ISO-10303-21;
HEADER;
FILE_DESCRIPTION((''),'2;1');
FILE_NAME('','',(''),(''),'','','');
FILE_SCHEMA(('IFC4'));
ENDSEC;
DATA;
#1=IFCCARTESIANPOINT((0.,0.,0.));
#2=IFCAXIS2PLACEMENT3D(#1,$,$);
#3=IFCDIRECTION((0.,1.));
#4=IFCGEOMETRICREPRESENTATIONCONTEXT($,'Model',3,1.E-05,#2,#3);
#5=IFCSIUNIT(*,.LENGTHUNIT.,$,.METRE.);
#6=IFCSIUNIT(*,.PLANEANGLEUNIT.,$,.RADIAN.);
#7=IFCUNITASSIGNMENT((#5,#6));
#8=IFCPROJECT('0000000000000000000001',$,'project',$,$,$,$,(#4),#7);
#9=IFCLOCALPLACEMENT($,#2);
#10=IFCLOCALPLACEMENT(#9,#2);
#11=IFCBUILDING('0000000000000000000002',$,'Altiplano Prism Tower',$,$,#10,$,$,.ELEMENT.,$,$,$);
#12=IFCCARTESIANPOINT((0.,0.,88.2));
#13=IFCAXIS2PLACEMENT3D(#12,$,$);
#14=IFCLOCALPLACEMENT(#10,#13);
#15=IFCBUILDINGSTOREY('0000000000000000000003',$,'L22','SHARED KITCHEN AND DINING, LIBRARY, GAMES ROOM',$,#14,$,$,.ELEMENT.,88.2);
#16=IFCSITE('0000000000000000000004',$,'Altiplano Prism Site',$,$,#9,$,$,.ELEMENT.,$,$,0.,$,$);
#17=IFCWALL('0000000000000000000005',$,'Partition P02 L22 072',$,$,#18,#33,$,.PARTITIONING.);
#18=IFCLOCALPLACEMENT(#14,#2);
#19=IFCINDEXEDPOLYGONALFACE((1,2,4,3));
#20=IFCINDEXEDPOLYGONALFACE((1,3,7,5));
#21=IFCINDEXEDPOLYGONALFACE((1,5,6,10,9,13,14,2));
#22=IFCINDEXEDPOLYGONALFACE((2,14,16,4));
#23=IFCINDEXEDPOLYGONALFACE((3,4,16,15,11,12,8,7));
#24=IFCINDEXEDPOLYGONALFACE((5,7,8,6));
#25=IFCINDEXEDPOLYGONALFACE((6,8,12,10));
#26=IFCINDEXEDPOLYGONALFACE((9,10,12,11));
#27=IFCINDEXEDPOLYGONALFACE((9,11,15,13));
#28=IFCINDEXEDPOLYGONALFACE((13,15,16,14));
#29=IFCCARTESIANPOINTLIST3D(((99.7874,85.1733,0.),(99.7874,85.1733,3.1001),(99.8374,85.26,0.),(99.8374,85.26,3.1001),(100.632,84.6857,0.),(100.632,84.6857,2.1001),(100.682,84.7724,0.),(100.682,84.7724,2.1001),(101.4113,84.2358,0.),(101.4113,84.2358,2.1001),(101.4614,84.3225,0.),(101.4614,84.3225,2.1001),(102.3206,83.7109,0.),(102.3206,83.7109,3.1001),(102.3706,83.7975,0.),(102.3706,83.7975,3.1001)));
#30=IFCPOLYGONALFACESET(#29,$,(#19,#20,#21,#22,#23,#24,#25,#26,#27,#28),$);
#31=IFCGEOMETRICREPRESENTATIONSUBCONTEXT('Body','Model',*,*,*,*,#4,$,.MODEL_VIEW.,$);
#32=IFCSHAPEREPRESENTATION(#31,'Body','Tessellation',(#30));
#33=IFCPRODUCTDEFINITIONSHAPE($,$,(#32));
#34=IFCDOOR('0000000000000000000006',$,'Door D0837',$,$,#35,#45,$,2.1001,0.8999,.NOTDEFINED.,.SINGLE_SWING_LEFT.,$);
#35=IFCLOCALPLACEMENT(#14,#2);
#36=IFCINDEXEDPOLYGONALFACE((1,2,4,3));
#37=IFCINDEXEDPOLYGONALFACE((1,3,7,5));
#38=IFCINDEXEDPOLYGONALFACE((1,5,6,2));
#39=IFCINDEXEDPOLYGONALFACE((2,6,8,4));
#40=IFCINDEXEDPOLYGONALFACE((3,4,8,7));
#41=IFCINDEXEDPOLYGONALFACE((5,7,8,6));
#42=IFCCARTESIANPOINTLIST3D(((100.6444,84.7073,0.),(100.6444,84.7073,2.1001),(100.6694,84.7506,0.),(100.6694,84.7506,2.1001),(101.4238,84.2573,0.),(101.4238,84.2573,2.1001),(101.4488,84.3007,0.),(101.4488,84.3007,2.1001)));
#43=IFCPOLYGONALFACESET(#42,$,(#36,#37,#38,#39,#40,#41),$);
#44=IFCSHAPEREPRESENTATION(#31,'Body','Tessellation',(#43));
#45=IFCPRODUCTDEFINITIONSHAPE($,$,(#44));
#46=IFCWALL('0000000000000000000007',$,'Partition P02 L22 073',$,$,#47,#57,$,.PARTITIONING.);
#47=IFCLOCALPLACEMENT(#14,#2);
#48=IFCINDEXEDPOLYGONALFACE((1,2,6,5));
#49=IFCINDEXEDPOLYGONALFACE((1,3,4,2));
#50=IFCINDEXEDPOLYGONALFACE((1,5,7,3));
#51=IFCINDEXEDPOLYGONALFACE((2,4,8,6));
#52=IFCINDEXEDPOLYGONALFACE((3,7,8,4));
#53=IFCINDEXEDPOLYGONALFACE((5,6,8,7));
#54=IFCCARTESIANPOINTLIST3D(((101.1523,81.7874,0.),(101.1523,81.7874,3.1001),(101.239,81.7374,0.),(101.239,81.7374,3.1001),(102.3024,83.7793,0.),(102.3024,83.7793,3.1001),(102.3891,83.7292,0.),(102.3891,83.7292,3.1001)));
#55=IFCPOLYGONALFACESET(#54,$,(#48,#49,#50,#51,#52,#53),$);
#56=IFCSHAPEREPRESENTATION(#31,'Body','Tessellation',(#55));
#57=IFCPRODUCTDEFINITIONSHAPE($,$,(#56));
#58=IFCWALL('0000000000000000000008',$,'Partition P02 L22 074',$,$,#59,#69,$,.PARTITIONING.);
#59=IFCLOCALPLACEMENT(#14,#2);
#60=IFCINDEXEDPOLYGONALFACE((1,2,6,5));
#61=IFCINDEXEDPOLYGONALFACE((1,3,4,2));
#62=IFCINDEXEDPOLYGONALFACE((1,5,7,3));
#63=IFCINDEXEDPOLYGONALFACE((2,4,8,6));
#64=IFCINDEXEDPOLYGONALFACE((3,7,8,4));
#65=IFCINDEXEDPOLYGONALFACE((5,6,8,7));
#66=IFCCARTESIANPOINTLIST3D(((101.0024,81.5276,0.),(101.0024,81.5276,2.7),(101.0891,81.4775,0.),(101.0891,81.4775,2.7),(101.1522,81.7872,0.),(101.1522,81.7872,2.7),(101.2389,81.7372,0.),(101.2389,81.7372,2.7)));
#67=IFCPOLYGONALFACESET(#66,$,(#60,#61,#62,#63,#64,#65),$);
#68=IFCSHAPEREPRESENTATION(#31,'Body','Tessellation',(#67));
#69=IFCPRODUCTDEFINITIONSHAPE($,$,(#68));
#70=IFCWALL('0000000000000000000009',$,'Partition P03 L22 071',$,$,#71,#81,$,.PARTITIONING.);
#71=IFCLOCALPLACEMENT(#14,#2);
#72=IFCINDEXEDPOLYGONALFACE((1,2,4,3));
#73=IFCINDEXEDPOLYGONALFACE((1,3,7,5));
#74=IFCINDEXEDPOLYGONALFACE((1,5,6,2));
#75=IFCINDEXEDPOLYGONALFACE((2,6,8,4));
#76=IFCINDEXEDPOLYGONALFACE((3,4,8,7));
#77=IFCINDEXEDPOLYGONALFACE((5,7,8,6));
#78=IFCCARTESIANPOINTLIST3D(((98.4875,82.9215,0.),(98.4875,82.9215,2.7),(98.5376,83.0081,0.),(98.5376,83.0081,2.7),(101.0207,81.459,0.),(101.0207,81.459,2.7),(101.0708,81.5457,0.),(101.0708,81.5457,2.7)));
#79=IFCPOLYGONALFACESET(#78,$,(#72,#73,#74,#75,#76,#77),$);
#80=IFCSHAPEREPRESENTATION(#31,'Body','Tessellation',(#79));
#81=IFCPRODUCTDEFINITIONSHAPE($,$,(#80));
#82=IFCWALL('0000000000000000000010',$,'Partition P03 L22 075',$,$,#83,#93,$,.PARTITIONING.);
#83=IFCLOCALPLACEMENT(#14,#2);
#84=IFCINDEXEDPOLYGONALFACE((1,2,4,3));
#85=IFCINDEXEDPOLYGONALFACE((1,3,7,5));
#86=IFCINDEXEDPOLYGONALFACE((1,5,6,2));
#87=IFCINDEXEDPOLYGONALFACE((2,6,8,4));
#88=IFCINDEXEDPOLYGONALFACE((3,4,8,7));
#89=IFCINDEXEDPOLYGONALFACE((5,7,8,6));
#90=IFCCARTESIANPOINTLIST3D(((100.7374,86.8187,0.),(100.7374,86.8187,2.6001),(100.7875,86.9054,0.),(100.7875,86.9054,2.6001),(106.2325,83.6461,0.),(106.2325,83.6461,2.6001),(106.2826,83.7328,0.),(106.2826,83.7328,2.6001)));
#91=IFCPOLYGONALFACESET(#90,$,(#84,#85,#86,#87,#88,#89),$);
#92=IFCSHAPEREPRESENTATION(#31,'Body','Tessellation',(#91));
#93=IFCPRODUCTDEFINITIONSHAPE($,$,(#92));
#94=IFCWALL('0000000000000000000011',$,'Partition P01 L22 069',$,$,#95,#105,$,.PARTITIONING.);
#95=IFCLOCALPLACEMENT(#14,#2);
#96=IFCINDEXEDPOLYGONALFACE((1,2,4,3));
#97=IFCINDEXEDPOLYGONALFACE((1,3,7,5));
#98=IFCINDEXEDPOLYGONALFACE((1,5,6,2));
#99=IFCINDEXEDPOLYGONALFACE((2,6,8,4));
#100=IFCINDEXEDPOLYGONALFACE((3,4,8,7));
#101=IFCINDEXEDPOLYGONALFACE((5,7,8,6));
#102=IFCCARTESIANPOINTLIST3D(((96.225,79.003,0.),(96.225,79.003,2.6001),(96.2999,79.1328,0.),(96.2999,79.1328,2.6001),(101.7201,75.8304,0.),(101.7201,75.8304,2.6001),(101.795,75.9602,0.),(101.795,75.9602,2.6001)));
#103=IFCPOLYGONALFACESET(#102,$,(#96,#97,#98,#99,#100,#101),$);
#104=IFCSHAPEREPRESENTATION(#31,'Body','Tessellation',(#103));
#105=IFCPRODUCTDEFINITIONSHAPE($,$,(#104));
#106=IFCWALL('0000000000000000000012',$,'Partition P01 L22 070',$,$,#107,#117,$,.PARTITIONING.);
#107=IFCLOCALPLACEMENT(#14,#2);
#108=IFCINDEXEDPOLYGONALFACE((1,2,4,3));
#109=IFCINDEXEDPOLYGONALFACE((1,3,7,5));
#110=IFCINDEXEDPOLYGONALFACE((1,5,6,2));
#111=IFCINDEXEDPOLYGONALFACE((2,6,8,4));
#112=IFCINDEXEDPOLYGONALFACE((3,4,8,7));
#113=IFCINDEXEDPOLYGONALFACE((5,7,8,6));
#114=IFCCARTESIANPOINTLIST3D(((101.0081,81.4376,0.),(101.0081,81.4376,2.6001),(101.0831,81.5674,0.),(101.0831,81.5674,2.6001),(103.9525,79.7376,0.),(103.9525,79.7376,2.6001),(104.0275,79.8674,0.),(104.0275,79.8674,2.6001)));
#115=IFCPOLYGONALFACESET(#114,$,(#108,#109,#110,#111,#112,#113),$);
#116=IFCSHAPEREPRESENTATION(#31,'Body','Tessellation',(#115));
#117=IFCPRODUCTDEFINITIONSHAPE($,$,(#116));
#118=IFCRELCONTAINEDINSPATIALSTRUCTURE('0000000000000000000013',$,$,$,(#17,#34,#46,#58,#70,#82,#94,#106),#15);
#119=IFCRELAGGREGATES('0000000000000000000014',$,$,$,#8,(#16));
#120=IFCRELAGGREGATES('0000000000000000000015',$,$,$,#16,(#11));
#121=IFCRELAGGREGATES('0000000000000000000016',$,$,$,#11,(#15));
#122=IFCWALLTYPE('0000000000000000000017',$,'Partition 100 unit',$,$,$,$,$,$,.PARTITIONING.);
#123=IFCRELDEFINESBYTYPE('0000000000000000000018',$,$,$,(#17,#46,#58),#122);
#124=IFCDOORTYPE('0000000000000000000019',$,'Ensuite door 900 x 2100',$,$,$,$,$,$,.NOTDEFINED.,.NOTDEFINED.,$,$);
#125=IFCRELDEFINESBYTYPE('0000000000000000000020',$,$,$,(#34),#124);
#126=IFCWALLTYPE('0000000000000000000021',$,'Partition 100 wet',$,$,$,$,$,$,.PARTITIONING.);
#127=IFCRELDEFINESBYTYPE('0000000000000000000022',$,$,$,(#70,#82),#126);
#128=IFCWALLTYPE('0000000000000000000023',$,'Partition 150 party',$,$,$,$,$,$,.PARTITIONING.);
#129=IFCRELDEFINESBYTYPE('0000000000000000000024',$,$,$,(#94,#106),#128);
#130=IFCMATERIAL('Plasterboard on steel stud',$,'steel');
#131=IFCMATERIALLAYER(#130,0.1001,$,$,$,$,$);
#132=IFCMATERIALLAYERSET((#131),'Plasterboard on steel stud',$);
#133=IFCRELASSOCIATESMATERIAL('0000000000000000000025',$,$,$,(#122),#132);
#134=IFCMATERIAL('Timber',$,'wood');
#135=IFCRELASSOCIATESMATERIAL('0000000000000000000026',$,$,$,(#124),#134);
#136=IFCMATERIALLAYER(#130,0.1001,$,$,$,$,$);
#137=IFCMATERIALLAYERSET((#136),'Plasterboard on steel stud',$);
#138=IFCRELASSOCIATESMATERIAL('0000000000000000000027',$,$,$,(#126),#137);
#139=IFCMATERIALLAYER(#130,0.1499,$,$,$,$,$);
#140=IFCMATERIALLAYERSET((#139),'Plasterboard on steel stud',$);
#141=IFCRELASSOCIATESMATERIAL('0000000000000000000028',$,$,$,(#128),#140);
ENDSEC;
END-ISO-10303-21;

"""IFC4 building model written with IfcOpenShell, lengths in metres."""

from ifc_helpers import new_model, si_unit, direction, frame, frame_2d, origin, place, context, subcontext, project, spatial, rectangle, extrude, material, layer, layer_set, type_object, element, fill, save


model = new_model("IFC4")

# Units and contexts
model_context = context("Model", 3, precision=1e-05, world=origin(), true_north=direction((0.0, 1.0)))
body_context = subcontext(model_context, "Body", "Model", "MODEL_VIEW")
ifc_project = project(units=[si_unit("LENGTHUNIT", "METRE"), si_unit("PLANEANGLEUNIT", "RADIAN")], contexts=[model_context])

# Site, building, storey
site_placement = place(None, origin())
site = spatial("IfcSite", under=ifc_project, at=site_placement, Name="Altiplano Prism Site", CompositionType="ELEMENT", RefElevation=0.0)
building_placement = place(site_placement, origin())
building = spatial("IfcBuilding", under=site, at=building_placement, Name="Altiplano Prism Tower", CompositionType="ELEMENT")
storey_placement = place(building_placement, frame((0.0, 0.0, 88.2)))
storey = spatial("IfcBuildingStorey", under=building, at=storey_placement, Name="L22", Description="SHARED KITCHEN AND DINING, LIBRARY, GAMES ROOM", CompositionType="ELEMENT", Elevation=88.2)

# Wall, opening, door
ifc_material_1 = material(Name="Plasterboard on steel stud", Category="steel")
ifc_layer_1 = layer(ifc_material_1, 0.1001)
ifc_layer_set_1 = layer_set([ifc_layer_1], Name="Plasterboard on steel stud")
wall_type_1 = type_object("IfcWallType", Name="Partition 100 unit", PredefinedType="PARTITIONING", material=ifc_layer_set_1)
wall_1_placement = place(storey_placement, frame((99.8125, 85.2166, 0.0), z_axis=(0.0, 0.0, 1.0), x_axis=(0.866047, -0.499963, 0.0)))
wall_1 = element("IfcWall", 1, at=wall_1_placement, inside=storey, type_object=wall_type_1, Name="Partition P02 L22 072", PredefinedType="PARTITIONING", context=body_context, shape_type="SweptSolid", body=[
    extrude(rectangle(XDim=2.925, YDim=0.1001, at=frame_2d((1.4624, 0.0))), origin(), (0.0, 0.0, 1.0), 3.1001),
])
opening_placement = place(wall_1_placement, frame((0.9751, 0.0, 0.0)))
opening = element("IfcOpeningElement", 2, at=opening_placement, cuts=wall_1, PredefinedType="OPENING", context=body_context, shape_type="SweptSolid", body=[
    extrude(rectangle(XDim=0.8999, YDim=2.1001, at=frame_2d((0.45, 1.05))), frame((0.0, 0.0605, 0.0), z_axis=(0.0, -1.0, 0.0), x_axis=(1.0, 0.0, 0.0)), (0.0, 0.0, 1.0), 0.1211),
])
ifc_material_2 = material(Name="Timber", Category="wood")
door_type = type_object("IfcDoorType", Name="Ensuite door 900 x 2100", OperationType="NOTDEFINED", PredefinedType="NOTDEFINED", material=ifc_material_2)
door_placement = place(opening_placement, origin())
door = element("IfcDoor", 3, at=door_placement, inside=storey, type_object=door_type, Name="Door D0837", OperationType="SINGLE_SWING_LEFT", OverallHeight=2.1001, OverallWidth=0.8999, PredefinedType="NOTDEFINED", context=body_context, shape_type="SweptSolid", body=[
    extrude(rectangle(XDim=0.8999, YDim=2.1001, at=frame_2d((0.45, 1.05))), frame((0.0, 0.0249, 0.0), z_axis=(0.0, -1.0, 0.0), x_axis=(1.0, 0.0, 0.0)), (0.0, 0.0, 1.0), 0.05),
])
fill(opening, door)

# Walls
wall_2_placement = place(storey_placement, frame((102.3457, 83.7542, 0.0), z_axis=(0.0, 0.0, 1.0), x_axis=(-0.500032, -0.866007, 0.0)))
element("IfcWall", 4, at=wall_2_placement, inside=storey, type_object=wall_type_1, Name="Partition P02 L22 073", PredefinedType="PARTITIONING", context=body_context, shape_type="SweptSolid", body=[
    extrude(rectangle(XDim=2.3, YDim=0.1001, at=frame_2d((1.1499, 0.0))), origin(), (0.0, 0.0, 1.0), 3.1001),
])
wall_3_placement = place(storey_placement, frame((101.1956, 81.7622, 0.0), z_axis=(0.0, 0.0, 1.0), x_axis=(-0.499816, -0.866131, 0.0)))
element("IfcWall", 5, at=wall_3_placement, inside=storey, type_object=wall_type_1, Name="Partition P02 L22 074", PredefinedType="PARTITIONING", context=body_context, shape_type="SweptSolid", body=[
    extrude(rectangle(XDim=0.2998, YDim=0.1001, at=frame_2d((0.1499, 0.0))), origin(), (0.0, 0.0, 1.0), 2.7),
])
ifc_layer_2 = layer(ifc_material_1, 0.1001)
ifc_layer_set_2 = layer_set([ifc_layer_2], Name="Plasterboard on steel stud")
wall_type_2 = type_object("IfcWallType", Name="Partition 100 wet", PredefinedType="PARTITIONING", material=ifc_layer_set_2)
wall_4_placement = place(storey_placement, frame((101.0457, 81.5024, 0.0), z_axis=(0.0, 0.0, 1.0), x_axis=(-0.866047, 0.499963, 0.0)))
element("IfcWall", 6, at=wall_4_placement, inside=storey, type_object=wall_type_2, Name="Partition P03 L22 071", PredefinedType="PARTITIONING", context=body_context, shape_type="SweptSolid", body=[
    extrude(rectangle(XDim=2.925, YDim=0.1001, at=frame_2d((1.4624, 0.0))), origin(), (0.0, 0.0, 1.0), 2.7),
])
wall_5_placement = place(storey_placement, frame((106.2576, 83.6895, 0.0), z_axis=(0.0, 0.0, 1.0), x_axis=(-0.866025, 0.5, 0.0)))
element("IfcWall", 7, at=wall_5_placement, inside=storey, type_object=wall_type_2, Name="Partition P03 L22 075", PredefinedType="PARTITIONING", context=body_context, shape_type="SweptSolid", body=[
    extrude(rectangle(XDim=6.3452, YDim=0.1001, at=frame_2d((3.1726, 0.0))), origin(), (0.0, 0.0, 1.0), 2.6001),
])
ifc_layer_3 = layer(ifc_material_1, 0.1499)
ifc_layer_set_3 = layer_set([ifc_layer_3], Name="Plasterboard on steel stud")
wall_type_3 = type_object("IfcWallType", Name="Partition 150 party", PredefinedType="PARTITIONING", material=ifc_layer_set_3)
wall_6_placement = place(storey_placement, frame((101.7576, 75.8953, 0.0), z_axis=(0.0, 0.0, 1.0), x_axis=(-0.866025, 0.5, 0.0)))
element("IfcWall", 8, at=wall_6_placement, inside=storey, type_object=wall_type_3, Name="Partition P01 L22 069", PredefinedType="PARTITIONING", context=body_context, shape_type="SweptSolid", body=[
    extrude(rectangle(XDim=6.3452, YDim=0.1499, at=frame_2d((3.1726, 0.0))), origin(), (0.0, 0.0, 1.0), 2.6001),
])
wall_7_placement = place(storey_placement, frame((103.99, 79.8025, 0.0), z_axis=(0.0, 0.0, 1.0), x_axis=(-0.866021, 0.500008, 0.0)))
element("IfcWall", 9, at=wall_7_placement, inside=storey, type_object=wall_type_3, Name="Partition P01 L22 070", PredefinedType="PARTITIONING", context=body_context, shape_type="SweptSolid", body=[
    extrude(rectangle(XDim=3.3999, YDim=0.1499, at=frame_2d((1.7, 0.0))), origin(), (0.0, 0.0, 1.0), 2.6001),
])

save(model, "model.ifc")
